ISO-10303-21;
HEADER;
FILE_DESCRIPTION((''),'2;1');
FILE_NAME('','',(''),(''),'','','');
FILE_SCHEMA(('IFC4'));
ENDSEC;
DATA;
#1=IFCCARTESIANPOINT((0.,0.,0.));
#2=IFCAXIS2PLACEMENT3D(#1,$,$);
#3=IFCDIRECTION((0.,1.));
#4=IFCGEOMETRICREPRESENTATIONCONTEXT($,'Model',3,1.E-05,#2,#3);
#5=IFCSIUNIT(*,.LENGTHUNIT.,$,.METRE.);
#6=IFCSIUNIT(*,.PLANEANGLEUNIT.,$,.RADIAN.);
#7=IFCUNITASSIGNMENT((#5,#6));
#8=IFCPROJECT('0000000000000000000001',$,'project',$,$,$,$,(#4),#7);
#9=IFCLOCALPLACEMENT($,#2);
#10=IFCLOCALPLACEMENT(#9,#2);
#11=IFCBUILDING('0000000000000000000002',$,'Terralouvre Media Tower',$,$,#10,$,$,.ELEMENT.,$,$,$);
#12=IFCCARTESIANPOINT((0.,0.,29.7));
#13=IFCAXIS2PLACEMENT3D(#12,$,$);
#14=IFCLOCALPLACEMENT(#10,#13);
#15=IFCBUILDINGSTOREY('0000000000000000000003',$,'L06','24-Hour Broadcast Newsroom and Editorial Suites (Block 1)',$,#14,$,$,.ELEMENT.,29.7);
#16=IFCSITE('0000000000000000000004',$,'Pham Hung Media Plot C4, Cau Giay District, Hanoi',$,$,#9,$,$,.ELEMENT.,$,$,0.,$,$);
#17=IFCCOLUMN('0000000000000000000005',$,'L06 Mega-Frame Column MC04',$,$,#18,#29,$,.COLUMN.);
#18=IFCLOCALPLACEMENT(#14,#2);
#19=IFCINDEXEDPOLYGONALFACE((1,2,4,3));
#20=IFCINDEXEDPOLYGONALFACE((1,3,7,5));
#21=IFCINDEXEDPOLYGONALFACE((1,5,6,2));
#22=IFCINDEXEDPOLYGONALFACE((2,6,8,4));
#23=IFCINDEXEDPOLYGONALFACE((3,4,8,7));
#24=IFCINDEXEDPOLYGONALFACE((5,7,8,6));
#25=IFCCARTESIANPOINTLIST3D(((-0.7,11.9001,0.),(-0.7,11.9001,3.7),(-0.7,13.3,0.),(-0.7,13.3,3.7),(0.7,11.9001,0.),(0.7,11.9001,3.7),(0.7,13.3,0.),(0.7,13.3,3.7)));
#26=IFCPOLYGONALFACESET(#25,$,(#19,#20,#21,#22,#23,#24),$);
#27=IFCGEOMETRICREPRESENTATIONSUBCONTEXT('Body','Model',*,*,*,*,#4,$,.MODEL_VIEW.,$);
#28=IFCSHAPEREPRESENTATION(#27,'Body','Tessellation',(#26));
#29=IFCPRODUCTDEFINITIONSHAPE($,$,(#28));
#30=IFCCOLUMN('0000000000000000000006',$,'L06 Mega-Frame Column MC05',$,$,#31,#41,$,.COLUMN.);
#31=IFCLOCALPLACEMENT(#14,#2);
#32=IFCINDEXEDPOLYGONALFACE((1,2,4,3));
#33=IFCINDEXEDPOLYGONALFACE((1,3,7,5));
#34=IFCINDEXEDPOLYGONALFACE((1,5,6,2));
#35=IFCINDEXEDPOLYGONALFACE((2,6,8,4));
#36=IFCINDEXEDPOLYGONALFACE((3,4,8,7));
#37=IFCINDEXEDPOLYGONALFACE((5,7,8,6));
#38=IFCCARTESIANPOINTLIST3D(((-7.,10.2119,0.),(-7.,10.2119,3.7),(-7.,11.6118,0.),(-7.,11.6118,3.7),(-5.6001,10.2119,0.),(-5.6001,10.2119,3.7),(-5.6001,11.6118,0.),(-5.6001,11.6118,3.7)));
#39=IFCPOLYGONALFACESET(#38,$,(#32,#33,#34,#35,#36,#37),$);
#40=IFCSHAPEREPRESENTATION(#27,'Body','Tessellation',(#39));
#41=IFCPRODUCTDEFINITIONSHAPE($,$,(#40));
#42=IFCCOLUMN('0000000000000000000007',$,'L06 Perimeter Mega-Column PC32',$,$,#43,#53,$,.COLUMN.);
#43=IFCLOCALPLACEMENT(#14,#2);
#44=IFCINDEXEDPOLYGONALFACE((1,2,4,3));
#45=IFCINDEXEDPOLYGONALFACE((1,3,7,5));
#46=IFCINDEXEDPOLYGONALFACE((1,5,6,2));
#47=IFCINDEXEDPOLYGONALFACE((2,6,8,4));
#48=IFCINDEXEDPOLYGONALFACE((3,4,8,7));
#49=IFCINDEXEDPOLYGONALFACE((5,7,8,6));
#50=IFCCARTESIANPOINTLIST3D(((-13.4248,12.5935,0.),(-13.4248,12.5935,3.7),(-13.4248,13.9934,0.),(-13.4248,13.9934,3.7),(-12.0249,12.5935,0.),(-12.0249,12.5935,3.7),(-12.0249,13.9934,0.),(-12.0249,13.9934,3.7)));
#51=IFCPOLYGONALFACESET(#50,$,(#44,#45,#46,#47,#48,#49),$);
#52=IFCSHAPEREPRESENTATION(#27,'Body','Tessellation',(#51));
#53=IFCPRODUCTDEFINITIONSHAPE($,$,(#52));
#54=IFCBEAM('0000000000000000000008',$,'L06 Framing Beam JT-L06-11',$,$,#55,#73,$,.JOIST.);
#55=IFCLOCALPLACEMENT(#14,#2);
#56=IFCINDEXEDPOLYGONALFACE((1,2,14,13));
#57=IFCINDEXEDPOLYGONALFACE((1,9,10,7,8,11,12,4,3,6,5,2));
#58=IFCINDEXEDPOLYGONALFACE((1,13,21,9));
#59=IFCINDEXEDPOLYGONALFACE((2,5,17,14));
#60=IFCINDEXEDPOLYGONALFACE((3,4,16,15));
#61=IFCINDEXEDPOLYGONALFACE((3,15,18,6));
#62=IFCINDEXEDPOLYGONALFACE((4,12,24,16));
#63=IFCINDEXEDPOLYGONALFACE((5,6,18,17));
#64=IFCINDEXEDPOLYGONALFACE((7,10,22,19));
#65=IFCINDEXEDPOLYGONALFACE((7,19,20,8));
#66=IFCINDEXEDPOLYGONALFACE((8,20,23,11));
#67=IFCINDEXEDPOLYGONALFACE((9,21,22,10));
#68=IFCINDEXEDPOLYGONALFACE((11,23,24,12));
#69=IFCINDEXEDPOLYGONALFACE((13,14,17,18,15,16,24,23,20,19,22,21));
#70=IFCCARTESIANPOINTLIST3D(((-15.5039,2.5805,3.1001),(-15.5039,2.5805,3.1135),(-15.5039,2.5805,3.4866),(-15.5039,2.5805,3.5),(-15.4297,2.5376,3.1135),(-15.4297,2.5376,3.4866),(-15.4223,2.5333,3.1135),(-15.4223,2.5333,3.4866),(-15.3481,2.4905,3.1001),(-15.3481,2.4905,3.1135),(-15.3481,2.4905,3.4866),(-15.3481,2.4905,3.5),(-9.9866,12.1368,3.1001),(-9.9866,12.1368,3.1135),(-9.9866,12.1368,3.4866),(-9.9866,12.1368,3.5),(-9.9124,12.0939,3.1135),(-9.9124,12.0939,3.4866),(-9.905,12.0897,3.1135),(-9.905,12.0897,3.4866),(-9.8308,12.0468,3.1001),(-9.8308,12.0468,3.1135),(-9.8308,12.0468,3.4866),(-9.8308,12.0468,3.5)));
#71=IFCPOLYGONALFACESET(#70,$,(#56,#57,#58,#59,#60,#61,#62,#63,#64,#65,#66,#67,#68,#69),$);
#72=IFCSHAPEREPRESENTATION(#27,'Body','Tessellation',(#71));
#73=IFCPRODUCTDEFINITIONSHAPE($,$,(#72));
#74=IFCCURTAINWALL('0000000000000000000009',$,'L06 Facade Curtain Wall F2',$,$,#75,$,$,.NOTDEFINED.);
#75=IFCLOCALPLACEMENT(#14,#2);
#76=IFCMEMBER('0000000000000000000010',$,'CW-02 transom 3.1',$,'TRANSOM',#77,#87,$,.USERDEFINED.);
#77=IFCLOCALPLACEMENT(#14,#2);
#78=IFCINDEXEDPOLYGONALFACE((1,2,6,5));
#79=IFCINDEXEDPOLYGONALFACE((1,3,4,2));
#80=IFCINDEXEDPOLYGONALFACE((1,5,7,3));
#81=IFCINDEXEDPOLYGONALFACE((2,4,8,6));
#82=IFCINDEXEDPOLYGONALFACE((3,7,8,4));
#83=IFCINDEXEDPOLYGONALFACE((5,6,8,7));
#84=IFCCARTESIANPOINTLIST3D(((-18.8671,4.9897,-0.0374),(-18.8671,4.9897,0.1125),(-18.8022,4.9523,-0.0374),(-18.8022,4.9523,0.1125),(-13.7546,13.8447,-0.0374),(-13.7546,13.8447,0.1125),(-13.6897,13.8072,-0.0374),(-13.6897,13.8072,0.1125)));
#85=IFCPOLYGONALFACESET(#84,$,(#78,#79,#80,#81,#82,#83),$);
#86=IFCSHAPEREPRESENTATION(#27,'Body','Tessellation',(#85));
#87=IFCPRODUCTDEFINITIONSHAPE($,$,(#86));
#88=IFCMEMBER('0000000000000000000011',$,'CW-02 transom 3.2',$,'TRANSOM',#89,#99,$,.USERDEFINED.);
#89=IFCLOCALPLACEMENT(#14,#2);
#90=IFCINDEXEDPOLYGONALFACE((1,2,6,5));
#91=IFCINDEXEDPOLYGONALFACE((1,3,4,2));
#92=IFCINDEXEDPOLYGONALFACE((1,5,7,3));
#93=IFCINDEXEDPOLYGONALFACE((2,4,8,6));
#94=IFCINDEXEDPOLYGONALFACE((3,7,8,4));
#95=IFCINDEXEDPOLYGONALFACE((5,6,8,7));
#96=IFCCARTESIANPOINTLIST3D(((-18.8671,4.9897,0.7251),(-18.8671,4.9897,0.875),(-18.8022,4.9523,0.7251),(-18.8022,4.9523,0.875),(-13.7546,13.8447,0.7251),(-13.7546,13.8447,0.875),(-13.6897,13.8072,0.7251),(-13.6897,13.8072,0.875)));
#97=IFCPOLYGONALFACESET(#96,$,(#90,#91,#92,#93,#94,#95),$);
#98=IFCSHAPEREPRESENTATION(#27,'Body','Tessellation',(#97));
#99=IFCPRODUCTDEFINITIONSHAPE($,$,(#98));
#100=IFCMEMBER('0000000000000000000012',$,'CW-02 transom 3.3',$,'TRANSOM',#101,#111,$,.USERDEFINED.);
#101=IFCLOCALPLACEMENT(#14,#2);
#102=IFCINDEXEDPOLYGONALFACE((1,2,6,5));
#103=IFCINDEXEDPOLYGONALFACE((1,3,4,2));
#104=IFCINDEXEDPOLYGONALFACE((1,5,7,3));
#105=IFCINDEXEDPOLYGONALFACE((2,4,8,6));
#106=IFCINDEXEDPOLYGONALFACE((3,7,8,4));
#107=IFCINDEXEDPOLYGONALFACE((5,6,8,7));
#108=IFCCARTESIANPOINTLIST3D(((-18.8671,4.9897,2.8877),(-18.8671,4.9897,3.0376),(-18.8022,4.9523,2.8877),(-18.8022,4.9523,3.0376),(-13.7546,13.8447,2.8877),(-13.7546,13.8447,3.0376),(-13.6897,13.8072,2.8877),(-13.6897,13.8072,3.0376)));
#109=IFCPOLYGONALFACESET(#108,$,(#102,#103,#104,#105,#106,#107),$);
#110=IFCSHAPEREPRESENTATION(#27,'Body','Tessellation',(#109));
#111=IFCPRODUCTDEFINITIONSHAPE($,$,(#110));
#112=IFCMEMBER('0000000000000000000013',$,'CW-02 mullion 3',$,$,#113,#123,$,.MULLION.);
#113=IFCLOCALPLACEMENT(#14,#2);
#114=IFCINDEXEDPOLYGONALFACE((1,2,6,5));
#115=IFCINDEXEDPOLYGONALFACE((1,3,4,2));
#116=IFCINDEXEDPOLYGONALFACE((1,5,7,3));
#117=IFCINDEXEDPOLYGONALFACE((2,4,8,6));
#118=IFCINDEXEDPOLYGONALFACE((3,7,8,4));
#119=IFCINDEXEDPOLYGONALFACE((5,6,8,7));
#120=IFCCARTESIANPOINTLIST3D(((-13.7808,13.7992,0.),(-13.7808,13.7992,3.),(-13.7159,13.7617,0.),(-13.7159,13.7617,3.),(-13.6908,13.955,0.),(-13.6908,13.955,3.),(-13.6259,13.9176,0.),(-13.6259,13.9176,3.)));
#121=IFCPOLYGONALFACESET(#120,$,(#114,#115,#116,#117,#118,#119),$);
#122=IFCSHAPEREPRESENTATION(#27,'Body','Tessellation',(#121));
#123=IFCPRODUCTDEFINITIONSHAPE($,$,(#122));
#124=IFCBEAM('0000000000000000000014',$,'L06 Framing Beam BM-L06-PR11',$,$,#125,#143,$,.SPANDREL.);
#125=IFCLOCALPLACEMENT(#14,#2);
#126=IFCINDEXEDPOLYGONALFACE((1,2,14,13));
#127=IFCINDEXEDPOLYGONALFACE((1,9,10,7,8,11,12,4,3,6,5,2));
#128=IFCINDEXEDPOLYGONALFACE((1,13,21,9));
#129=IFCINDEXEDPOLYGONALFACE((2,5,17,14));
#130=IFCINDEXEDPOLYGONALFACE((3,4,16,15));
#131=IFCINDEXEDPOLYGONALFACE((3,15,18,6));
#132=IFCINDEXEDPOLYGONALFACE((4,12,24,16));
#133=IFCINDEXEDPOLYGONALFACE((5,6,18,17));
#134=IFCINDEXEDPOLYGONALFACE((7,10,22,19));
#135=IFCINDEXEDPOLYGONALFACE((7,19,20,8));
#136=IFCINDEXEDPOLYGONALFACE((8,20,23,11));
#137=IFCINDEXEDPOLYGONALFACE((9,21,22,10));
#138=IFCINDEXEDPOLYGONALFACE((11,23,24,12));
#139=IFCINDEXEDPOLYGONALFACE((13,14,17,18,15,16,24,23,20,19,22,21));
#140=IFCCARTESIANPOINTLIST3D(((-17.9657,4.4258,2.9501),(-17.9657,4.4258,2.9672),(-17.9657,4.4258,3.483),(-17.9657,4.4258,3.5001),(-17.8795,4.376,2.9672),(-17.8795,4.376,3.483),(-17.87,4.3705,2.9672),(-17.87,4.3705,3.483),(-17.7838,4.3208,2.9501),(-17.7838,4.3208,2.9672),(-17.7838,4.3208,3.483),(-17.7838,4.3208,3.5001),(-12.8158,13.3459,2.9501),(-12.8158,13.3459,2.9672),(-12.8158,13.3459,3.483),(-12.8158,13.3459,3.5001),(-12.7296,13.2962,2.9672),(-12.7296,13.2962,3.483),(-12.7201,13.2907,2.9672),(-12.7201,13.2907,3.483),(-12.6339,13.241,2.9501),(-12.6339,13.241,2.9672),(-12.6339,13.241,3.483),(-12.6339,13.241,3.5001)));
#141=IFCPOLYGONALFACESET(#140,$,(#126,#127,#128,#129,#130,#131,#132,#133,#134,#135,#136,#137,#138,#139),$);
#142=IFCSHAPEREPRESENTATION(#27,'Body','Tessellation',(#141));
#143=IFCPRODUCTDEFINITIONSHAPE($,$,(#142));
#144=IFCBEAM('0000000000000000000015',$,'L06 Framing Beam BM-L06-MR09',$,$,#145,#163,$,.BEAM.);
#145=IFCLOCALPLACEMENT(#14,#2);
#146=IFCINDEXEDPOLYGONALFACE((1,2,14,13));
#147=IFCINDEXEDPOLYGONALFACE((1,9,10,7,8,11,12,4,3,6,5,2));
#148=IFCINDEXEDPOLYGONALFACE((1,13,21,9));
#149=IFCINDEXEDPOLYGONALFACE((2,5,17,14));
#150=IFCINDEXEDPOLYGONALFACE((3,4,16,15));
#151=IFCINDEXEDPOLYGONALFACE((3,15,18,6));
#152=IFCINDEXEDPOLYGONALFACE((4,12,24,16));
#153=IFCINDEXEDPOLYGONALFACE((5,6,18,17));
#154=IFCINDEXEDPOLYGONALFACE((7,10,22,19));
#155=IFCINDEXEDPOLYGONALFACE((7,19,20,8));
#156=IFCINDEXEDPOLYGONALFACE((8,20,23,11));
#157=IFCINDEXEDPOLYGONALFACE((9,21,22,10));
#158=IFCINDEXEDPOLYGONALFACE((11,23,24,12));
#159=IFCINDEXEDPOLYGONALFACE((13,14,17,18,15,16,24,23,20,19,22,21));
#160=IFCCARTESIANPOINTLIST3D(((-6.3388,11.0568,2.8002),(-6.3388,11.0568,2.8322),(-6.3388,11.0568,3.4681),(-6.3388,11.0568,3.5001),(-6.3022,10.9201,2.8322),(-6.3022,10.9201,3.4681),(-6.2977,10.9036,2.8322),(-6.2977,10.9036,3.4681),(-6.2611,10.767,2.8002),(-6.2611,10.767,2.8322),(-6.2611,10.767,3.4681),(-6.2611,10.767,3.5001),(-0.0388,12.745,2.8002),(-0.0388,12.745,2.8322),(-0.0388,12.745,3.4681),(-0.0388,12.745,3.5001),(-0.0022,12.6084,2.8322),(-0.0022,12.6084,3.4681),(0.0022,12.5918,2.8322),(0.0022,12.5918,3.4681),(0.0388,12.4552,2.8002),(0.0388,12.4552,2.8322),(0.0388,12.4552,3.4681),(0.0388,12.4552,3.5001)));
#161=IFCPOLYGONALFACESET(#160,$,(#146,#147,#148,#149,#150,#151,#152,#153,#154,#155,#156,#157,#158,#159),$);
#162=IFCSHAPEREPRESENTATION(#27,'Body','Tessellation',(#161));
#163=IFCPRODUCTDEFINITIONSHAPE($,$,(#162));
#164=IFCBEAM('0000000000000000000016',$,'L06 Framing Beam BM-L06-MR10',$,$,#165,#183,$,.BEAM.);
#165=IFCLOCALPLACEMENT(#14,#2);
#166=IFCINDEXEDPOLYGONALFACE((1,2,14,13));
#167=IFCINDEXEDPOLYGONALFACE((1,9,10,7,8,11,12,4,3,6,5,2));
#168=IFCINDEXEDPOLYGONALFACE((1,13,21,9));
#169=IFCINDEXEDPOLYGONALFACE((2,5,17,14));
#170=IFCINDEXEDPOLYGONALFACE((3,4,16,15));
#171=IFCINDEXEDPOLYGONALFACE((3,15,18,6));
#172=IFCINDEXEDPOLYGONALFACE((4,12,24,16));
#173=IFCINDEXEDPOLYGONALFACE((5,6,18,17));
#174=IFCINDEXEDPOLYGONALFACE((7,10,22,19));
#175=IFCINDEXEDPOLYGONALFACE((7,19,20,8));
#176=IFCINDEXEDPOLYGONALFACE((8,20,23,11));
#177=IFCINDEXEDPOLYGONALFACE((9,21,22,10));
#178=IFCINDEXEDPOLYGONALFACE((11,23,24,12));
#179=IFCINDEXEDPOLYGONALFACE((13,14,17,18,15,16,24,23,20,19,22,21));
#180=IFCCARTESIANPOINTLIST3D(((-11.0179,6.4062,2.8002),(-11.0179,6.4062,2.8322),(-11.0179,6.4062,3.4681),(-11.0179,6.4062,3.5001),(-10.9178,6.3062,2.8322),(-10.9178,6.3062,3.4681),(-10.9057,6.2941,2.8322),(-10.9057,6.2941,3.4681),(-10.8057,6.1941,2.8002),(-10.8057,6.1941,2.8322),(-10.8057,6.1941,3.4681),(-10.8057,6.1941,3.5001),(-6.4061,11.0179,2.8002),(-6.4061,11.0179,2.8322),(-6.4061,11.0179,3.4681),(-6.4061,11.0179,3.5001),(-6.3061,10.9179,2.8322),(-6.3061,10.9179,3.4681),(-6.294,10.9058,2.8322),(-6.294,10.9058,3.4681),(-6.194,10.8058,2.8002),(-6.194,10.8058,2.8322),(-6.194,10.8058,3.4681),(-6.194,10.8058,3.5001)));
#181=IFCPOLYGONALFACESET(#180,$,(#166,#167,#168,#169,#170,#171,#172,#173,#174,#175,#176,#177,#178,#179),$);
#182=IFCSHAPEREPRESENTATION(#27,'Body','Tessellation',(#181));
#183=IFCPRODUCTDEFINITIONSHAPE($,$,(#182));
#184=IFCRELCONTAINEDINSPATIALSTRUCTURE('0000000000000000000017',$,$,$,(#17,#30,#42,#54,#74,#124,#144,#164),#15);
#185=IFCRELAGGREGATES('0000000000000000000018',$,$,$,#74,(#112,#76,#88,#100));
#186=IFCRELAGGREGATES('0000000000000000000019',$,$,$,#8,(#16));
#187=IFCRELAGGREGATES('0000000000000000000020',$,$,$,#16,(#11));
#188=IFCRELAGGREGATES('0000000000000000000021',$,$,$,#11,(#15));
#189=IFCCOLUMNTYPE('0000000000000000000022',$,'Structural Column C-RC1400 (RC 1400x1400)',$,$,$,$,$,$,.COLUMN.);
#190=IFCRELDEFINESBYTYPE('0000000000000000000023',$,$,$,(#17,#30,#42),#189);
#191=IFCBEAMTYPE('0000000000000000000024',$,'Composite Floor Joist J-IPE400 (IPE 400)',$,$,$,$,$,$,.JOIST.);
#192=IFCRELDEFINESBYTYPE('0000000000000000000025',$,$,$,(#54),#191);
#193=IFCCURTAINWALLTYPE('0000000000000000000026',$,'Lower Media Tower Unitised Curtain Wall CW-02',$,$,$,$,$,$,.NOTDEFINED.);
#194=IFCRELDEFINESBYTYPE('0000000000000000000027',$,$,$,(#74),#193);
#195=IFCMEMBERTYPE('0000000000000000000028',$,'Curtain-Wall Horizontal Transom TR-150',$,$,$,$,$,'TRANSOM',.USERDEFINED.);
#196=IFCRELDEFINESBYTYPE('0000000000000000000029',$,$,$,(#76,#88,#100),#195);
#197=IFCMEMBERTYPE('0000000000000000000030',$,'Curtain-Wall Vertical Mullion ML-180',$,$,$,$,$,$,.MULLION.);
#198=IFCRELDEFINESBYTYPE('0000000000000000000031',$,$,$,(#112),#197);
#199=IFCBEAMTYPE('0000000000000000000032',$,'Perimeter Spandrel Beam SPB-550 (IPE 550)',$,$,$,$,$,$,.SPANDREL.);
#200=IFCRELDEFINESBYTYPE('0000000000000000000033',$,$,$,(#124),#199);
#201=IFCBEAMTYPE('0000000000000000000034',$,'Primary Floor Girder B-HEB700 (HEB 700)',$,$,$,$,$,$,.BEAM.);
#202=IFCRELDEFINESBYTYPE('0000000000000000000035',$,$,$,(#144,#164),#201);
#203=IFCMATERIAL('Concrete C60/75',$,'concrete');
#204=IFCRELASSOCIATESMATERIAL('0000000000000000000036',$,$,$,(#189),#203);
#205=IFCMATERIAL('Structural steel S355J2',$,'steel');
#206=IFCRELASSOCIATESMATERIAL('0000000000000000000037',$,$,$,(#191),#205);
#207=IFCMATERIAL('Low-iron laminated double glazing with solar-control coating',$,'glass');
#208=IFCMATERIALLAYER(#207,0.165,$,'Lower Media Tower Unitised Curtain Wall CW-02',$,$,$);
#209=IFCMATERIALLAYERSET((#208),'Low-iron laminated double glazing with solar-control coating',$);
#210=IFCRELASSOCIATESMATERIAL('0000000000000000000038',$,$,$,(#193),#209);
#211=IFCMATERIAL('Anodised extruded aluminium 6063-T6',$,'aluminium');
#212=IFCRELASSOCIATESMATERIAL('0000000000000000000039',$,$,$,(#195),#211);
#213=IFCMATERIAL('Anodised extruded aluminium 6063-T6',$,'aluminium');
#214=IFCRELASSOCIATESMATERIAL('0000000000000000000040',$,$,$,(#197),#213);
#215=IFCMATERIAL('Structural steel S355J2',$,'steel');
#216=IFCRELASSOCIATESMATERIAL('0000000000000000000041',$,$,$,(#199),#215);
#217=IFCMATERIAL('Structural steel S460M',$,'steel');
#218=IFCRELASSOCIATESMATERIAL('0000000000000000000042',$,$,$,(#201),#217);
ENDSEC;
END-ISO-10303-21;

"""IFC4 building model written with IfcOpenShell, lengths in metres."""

from ifc_helpers import new_model, si_unit, direction, frame, origin, origin_2d, place, context, subcontext, project, spatial, rectangle, i_section, extrude, material, layer, layer_set, material_profile, profile_set, type_object, element, aggregate, save


model = new_model("IFC4")

# Units and contexts
model_context = context("Model", 3, precision=1e-05, world=origin(), true_north=direction((0.0, 1.0)))
body_context = subcontext(model_context, "Body", "Model", "MODEL_VIEW")
ifc_project = project(units=[si_unit("LENGTHUNIT", "METRE"), si_unit("PLANEANGLEUNIT", "RADIAN")], contexts=[model_context])

# Site, building, storey
site_placement = place(None, origin())
site = spatial("IfcSite", under=ifc_project, at=site_placement, Name="Pham Hung Media Plot C4, Cau Giay District, Hanoi", CompositionType="ELEMENT", RefElevation=0.0)
building_placement = place(site_placement, origin())
building = spatial("IfcBuilding", under=site, at=building_placement, Name="Terralouvre Media Tower", CompositionType="ELEMENT")
storey_placement = place(building_placement, frame((0.0, 0.0, 29.7)))
storey = spatial("IfcBuildingStorey", under=building, at=storey_placement, Name="L06", Description="24-Hour Broadcast Newsroom and Editorial Suites (Block 1)", CompositionType="ELEMENT", Elevation=29.7)

# Columns
ifc_material_1 = material(Name="Concrete C60/75", Category="concrete")
ifc_material_profile_1 = material_profile(ifc_material_1, rectangle(XDim=1.3999, YDim=1.3999, at=origin_2d()), Name="RC 1400x1400")
ifc_profile_set_1 = profile_set([ifc_material_profile_1], Name="Concrete C60/75")
column_type = type_object("IfcColumnType", Name="Structural Column C-RC1400 (RC 1400x1400)", PredefinedType="COLUMN", material=ifc_profile_set_1)
for number, where, z_axis, x_axis, name in (
    (1, (0.0, 12.6001, 0.0), (0.0, 0.0, 1.0), (1.0, 0.0, 0.0), "L06 Mega-Frame Column MC04"),
    (2, (-6.3, 10.9119, 0.0), (0.0, 0.0, 1.0), (1.0, 0.0, 0.0), "L06 Mega-Frame Column MC05"),
    (3, (-12.7249, 13.2935, 0.0), (0.0, 0.0, 1.0), (1.0, 0.0, 0.0), "L06 Perimeter Mega-Column PC32"),
):
    element("IfcColumn", number, at=place(storey_placement, frame(where, z_axis=z_axis, x_axis=x_axis)), inside=storey, type_object=column_type, Name=name, PredefinedType="COLUMN", context=body_context, shape_type="SweptSolid", body=[
        extrude(rectangle(XDim=1.3999, YDim=1.3999, at=origin_2d()), origin(), (0.0, 0.0, 1.0), 3.7),
    ])

# Beam
ifc_material_2 = material(Name="Structural steel S355J2", Category="steel")
ifc_material_profile_2 = material_profile(ifc_material_2, i_section(OverallWidth=0.1799, OverallDepth=0.3999, WebThickness=0.0085, FlangeThickness=0.0134, at=origin_2d()), Name="IPE 400")
ifc_profile_set_2 = profile_set([ifc_material_profile_2], Name="Structural steel S355J2")
beam_type_1 = type_object("IfcBeamType", Name="Composite Floor Joist J-IPE400 (IPE 400)", PredefinedType="JOIST", material=ifc_profile_set_2)
beam_1_placement = place(storey_placement, frame((-9.9087, 12.0918, 3.3), z_axis=(-0.499996, -0.866028, 0.0), x_axis=(0.866028, -0.499996, 0.0)))
element("IfcBeam", 4, at=beam_1_placement, inside=storey, type_object=beam_type_1, Name="L06 Framing Beam JT-L06-11", PredefinedType="JOIST", context=body_context, shape_type="SweptSolid", body=[
    extrude(i_section(OverallWidth=0.1799, OverallDepth=0.3999, WebThickness=0.0085, FlangeThickness=0.0134, at=origin_2d()), origin(), (0.0, 0.0, 1.0), 11.0347),
])

# Curtain wall, members
ifc_material_3 = material(Name="Low-iron laminated double glazing with solar-control coating", Category="glass")
ifc_layer_1 = layer(ifc_material_3, 0.165, Name="Lower Media Tower Unitised Curtain Wall CW-02")
ifc_layer_set_1 = layer_set([ifc_layer_1], Name="Low-iron laminated double glazing with solar-control coating")
curtain_wall_type = type_object("IfcCurtainWallType", Name="Lower Media Tower Unitised Curtain Wall CW-02", PredefinedType="NOTDEFINED", material=ifc_layer_set_1)
curtain_wall_placement = place(storey_placement, origin())
curtain_wall = element("IfcCurtainWall", 5, at=curtain_wall_placement, inside=storey, type_object=curtain_wall_type, Name="L06 Facade Curtain Wall F2", PredefinedType="NOTDEFINED")
ifc_material_4 = material(Name="Anodised extruded aluminium 6063-T6", Category="aluminium")
ifc_material_profile_3 = material_profile(ifc_material_4, rectangle(XDim=0.075, YDim=0.1499, at=origin_2d()), Name="ALU 75x150")
ifc_profile_set_3 = profile_set([ifc_material_profile_3], Name="Anodised extruded aluminium 6063-T6")
member_type_1 = type_object("IfcMemberType", Name="Curtain-Wall Horizontal Transom TR-150", ElementType="TRANSOM", PredefinedType="USERDEFINED", material=ifc_profile_set_3)
member_1_placement = place(storey_placement, frame((-13.7222, 13.8259, 0.0376), z_axis=(-0.500009, -0.86602, 0.0), x_axis=(0.86602, -0.500009, 0.0)))
member_1 = element("IfcMember", 6, at=member_1_placement, type_object=member_type_1, Name="CW-02 transom 3.1", ObjectType="TRANSOM", PredefinedType="USERDEFINED", context=body_context, shape_type="SweptSolid", body=[
    extrude(rectangle(XDim=0.075, YDim=0.1499, at=origin_2d()), origin(), (0.0, 0.0, 1.0), 10.2249),
])
member_2_placement = place(storey_placement, frame((-13.7222, 13.8259, 0.8), z_axis=(-0.500009, -0.86602, 0.0), x_axis=(0.86602, -0.500009, 0.0)))
member_2 = element("IfcMember", 7, at=member_2_placement, type_object=member_type_1, Name="CW-02 transom 3.2", ObjectType="TRANSOM", PredefinedType="USERDEFINED", context=body_context, shape_type="SweptSolid", body=[
    extrude(rectangle(XDim=0.075, YDim=0.1499, at=origin_2d()), origin(), (0.0, 0.0, 1.0), 10.2249),
])
member_3_placement = place(storey_placement, frame((-13.7222, 13.8259, 2.9626), z_axis=(-0.500009, -0.86602, 0.0), x_axis=(0.86602, -0.500009, 0.0)))
member_3 = element("IfcMember", 8, at=member_3_placement, type_object=member_type_1, Name="CW-02 transom 3.3", ObjectType="TRANSOM", PredefinedType="USERDEFINED", context=body_context, shape_type="SweptSolid", body=[
    extrude(rectangle(XDim=0.075, YDim=0.1499, at=origin_2d()), origin(), (0.0, 0.0, 1.0), 10.2249),
])
ifc_material_5 = material(Name="Anodised extruded aluminium 6063-T6", Category="aluminium")
ifc_material_profile_4 = material_profile(ifc_material_5, rectangle(XDim=0.075, YDim=0.1799, at=origin_2d()), Name="ALU 75x180")
ifc_profile_set_4 = profile_set([ifc_material_profile_4], Name="Anodised extruded aluminium 6063-T6")
member_type_2 = type_object("IfcMemberType", Name="Curtain-Wall Vertical Mullion ML-180", PredefinedType="MULLION", material=ifc_profile_set_4)
member_4_placement = place(storey_placement, frame((-13.7034, 13.8584, 0.0), z_axis=(0.0, 0.0, 1.0), x_axis=(0.866025, -0.5, 0.0)))
member_4 = element("IfcMember", 9, at=member_4_placement, type_object=member_type_2, Name="CW-02 mullion 3", PredefinedType="MULLION", context=body_context, shape_type="SweptSolid", body=[
    extrude(rectangle(XDim=0.075, YDim=0.1799, at=origin_2d()), origin(), (0.0, 0.0, 1.0), 3.0),
])

# Beams
ifc_material_6 = material(Name="Structural steel S355J2", Category="steel")
ifc_material_profile_5 = material_profile(ifc_material_6, i_section(OverallWidth=0.21, OverallDepth=0.55, WebThickness=0.011, FlangeThickness=0.0171, at=origin_2d()), Name="IPE 550")
ifc_profile_set_5 = profile_set([ifc_material_profile_5], Name="Structural steel S355J2")
beam_type_2 = type_object("IfcBeamType", Name="Perimeter Spandrel Beam SPB-550 (IPE 550)", PredefinedType="SPANDREL", material=ifc_profile_set_5)
beam_2_placement = place(storey_placement, frame((-12.7249, 13.2935, 3.2251), z_axis=(-0.499989, -0.866032, 0.0), x_axis=(0.866032, -0.499989, 0.0)))
element("IfcBeam", 10, at=beam_2_placement, inside=storey, type_object=beam_type_2, Name="L06 Framing Beam BM-L06-PR11", PredefinedType="SPANDREL", context=body_context, shape_type="SweptSolid", body=[
    extrude(i_section(OverallWidth=0.21, OverallDepth=0.55, WebThickness=0.011, FlangeThickness=0.0171, at=origin_2d()), origin(), (0.0, 0.0, 1.0), 10.3),
])
ifc_material_7 = material(Name="Structural steel S460M", Category="steel")
ifc_material_profile_6 = material_profile(ifc_material_7, i_section(OverallWidth=0.3, OverallDepth=0.7, WebThickness=0.0171, FlangeThickness=0.032, at=origin_2d()), Name="HEB 700")
ifc_profile_set_6 = profile_set([ifc_material_profile_6], Name="Structural steel S460M")
beam_type_3 = type_object("IfcBeamType", Name="Primary Floor Girder B-HEB700 (HEB 700)", PredefinedType="BEAM", material=ifc_profile_set_6)
beam_3_placement = place(storey_placement, frame((0.0, 12.6001, 3.1501), z_axis=(-0.96592, -0.258839, 0.0), x_axis=(0.258839, -0.96592, 0.0)))
element("IfcBeam", 11, at=beam_3_placement, inside=storey, type_object=beam_type_3, Name="L06 Framing Beam BM-L06-MR09", PredefinedType="BEAM", context=body_context, shape_type="SweptSolid", body=[
    extrude(i_section(OverallWidth=0.3, OverallDepth=0.7, WebThickness=0.0171, FlangeThickness=0.032, at=origin_2d()), origin(), (0.0, 0.0, 1.0), 6.5222),
])
beam_4_placement = place(storey_placement, frame((-6.3, 10.9119, 3.1501), z_axis=(-0.707107, -0.707107, 0.0), x_axis=(0.707107, -0.707107, 0.0)))
element("IfcBeam", 12, at=beam_4_placement, inside=storey, type_object=beam_type_3, Name="L06 Framing Beam BM-L06-MR10", PredefinedType="BEAM", context=body_context, shape_type="SweptSolid", body=[
    extrude(i_section(OverallWidth=0.3, OverallDepth=0.7, WebThickness=0.0171, FlangeThickness=0.032, at=origin_2d()), origin(), (0.0, 0.0, 1.0), 6.522),
])

aggregate(curtain_wall, [member_4, member_1, member_2, member_3])

save(model, "model.ifc")
